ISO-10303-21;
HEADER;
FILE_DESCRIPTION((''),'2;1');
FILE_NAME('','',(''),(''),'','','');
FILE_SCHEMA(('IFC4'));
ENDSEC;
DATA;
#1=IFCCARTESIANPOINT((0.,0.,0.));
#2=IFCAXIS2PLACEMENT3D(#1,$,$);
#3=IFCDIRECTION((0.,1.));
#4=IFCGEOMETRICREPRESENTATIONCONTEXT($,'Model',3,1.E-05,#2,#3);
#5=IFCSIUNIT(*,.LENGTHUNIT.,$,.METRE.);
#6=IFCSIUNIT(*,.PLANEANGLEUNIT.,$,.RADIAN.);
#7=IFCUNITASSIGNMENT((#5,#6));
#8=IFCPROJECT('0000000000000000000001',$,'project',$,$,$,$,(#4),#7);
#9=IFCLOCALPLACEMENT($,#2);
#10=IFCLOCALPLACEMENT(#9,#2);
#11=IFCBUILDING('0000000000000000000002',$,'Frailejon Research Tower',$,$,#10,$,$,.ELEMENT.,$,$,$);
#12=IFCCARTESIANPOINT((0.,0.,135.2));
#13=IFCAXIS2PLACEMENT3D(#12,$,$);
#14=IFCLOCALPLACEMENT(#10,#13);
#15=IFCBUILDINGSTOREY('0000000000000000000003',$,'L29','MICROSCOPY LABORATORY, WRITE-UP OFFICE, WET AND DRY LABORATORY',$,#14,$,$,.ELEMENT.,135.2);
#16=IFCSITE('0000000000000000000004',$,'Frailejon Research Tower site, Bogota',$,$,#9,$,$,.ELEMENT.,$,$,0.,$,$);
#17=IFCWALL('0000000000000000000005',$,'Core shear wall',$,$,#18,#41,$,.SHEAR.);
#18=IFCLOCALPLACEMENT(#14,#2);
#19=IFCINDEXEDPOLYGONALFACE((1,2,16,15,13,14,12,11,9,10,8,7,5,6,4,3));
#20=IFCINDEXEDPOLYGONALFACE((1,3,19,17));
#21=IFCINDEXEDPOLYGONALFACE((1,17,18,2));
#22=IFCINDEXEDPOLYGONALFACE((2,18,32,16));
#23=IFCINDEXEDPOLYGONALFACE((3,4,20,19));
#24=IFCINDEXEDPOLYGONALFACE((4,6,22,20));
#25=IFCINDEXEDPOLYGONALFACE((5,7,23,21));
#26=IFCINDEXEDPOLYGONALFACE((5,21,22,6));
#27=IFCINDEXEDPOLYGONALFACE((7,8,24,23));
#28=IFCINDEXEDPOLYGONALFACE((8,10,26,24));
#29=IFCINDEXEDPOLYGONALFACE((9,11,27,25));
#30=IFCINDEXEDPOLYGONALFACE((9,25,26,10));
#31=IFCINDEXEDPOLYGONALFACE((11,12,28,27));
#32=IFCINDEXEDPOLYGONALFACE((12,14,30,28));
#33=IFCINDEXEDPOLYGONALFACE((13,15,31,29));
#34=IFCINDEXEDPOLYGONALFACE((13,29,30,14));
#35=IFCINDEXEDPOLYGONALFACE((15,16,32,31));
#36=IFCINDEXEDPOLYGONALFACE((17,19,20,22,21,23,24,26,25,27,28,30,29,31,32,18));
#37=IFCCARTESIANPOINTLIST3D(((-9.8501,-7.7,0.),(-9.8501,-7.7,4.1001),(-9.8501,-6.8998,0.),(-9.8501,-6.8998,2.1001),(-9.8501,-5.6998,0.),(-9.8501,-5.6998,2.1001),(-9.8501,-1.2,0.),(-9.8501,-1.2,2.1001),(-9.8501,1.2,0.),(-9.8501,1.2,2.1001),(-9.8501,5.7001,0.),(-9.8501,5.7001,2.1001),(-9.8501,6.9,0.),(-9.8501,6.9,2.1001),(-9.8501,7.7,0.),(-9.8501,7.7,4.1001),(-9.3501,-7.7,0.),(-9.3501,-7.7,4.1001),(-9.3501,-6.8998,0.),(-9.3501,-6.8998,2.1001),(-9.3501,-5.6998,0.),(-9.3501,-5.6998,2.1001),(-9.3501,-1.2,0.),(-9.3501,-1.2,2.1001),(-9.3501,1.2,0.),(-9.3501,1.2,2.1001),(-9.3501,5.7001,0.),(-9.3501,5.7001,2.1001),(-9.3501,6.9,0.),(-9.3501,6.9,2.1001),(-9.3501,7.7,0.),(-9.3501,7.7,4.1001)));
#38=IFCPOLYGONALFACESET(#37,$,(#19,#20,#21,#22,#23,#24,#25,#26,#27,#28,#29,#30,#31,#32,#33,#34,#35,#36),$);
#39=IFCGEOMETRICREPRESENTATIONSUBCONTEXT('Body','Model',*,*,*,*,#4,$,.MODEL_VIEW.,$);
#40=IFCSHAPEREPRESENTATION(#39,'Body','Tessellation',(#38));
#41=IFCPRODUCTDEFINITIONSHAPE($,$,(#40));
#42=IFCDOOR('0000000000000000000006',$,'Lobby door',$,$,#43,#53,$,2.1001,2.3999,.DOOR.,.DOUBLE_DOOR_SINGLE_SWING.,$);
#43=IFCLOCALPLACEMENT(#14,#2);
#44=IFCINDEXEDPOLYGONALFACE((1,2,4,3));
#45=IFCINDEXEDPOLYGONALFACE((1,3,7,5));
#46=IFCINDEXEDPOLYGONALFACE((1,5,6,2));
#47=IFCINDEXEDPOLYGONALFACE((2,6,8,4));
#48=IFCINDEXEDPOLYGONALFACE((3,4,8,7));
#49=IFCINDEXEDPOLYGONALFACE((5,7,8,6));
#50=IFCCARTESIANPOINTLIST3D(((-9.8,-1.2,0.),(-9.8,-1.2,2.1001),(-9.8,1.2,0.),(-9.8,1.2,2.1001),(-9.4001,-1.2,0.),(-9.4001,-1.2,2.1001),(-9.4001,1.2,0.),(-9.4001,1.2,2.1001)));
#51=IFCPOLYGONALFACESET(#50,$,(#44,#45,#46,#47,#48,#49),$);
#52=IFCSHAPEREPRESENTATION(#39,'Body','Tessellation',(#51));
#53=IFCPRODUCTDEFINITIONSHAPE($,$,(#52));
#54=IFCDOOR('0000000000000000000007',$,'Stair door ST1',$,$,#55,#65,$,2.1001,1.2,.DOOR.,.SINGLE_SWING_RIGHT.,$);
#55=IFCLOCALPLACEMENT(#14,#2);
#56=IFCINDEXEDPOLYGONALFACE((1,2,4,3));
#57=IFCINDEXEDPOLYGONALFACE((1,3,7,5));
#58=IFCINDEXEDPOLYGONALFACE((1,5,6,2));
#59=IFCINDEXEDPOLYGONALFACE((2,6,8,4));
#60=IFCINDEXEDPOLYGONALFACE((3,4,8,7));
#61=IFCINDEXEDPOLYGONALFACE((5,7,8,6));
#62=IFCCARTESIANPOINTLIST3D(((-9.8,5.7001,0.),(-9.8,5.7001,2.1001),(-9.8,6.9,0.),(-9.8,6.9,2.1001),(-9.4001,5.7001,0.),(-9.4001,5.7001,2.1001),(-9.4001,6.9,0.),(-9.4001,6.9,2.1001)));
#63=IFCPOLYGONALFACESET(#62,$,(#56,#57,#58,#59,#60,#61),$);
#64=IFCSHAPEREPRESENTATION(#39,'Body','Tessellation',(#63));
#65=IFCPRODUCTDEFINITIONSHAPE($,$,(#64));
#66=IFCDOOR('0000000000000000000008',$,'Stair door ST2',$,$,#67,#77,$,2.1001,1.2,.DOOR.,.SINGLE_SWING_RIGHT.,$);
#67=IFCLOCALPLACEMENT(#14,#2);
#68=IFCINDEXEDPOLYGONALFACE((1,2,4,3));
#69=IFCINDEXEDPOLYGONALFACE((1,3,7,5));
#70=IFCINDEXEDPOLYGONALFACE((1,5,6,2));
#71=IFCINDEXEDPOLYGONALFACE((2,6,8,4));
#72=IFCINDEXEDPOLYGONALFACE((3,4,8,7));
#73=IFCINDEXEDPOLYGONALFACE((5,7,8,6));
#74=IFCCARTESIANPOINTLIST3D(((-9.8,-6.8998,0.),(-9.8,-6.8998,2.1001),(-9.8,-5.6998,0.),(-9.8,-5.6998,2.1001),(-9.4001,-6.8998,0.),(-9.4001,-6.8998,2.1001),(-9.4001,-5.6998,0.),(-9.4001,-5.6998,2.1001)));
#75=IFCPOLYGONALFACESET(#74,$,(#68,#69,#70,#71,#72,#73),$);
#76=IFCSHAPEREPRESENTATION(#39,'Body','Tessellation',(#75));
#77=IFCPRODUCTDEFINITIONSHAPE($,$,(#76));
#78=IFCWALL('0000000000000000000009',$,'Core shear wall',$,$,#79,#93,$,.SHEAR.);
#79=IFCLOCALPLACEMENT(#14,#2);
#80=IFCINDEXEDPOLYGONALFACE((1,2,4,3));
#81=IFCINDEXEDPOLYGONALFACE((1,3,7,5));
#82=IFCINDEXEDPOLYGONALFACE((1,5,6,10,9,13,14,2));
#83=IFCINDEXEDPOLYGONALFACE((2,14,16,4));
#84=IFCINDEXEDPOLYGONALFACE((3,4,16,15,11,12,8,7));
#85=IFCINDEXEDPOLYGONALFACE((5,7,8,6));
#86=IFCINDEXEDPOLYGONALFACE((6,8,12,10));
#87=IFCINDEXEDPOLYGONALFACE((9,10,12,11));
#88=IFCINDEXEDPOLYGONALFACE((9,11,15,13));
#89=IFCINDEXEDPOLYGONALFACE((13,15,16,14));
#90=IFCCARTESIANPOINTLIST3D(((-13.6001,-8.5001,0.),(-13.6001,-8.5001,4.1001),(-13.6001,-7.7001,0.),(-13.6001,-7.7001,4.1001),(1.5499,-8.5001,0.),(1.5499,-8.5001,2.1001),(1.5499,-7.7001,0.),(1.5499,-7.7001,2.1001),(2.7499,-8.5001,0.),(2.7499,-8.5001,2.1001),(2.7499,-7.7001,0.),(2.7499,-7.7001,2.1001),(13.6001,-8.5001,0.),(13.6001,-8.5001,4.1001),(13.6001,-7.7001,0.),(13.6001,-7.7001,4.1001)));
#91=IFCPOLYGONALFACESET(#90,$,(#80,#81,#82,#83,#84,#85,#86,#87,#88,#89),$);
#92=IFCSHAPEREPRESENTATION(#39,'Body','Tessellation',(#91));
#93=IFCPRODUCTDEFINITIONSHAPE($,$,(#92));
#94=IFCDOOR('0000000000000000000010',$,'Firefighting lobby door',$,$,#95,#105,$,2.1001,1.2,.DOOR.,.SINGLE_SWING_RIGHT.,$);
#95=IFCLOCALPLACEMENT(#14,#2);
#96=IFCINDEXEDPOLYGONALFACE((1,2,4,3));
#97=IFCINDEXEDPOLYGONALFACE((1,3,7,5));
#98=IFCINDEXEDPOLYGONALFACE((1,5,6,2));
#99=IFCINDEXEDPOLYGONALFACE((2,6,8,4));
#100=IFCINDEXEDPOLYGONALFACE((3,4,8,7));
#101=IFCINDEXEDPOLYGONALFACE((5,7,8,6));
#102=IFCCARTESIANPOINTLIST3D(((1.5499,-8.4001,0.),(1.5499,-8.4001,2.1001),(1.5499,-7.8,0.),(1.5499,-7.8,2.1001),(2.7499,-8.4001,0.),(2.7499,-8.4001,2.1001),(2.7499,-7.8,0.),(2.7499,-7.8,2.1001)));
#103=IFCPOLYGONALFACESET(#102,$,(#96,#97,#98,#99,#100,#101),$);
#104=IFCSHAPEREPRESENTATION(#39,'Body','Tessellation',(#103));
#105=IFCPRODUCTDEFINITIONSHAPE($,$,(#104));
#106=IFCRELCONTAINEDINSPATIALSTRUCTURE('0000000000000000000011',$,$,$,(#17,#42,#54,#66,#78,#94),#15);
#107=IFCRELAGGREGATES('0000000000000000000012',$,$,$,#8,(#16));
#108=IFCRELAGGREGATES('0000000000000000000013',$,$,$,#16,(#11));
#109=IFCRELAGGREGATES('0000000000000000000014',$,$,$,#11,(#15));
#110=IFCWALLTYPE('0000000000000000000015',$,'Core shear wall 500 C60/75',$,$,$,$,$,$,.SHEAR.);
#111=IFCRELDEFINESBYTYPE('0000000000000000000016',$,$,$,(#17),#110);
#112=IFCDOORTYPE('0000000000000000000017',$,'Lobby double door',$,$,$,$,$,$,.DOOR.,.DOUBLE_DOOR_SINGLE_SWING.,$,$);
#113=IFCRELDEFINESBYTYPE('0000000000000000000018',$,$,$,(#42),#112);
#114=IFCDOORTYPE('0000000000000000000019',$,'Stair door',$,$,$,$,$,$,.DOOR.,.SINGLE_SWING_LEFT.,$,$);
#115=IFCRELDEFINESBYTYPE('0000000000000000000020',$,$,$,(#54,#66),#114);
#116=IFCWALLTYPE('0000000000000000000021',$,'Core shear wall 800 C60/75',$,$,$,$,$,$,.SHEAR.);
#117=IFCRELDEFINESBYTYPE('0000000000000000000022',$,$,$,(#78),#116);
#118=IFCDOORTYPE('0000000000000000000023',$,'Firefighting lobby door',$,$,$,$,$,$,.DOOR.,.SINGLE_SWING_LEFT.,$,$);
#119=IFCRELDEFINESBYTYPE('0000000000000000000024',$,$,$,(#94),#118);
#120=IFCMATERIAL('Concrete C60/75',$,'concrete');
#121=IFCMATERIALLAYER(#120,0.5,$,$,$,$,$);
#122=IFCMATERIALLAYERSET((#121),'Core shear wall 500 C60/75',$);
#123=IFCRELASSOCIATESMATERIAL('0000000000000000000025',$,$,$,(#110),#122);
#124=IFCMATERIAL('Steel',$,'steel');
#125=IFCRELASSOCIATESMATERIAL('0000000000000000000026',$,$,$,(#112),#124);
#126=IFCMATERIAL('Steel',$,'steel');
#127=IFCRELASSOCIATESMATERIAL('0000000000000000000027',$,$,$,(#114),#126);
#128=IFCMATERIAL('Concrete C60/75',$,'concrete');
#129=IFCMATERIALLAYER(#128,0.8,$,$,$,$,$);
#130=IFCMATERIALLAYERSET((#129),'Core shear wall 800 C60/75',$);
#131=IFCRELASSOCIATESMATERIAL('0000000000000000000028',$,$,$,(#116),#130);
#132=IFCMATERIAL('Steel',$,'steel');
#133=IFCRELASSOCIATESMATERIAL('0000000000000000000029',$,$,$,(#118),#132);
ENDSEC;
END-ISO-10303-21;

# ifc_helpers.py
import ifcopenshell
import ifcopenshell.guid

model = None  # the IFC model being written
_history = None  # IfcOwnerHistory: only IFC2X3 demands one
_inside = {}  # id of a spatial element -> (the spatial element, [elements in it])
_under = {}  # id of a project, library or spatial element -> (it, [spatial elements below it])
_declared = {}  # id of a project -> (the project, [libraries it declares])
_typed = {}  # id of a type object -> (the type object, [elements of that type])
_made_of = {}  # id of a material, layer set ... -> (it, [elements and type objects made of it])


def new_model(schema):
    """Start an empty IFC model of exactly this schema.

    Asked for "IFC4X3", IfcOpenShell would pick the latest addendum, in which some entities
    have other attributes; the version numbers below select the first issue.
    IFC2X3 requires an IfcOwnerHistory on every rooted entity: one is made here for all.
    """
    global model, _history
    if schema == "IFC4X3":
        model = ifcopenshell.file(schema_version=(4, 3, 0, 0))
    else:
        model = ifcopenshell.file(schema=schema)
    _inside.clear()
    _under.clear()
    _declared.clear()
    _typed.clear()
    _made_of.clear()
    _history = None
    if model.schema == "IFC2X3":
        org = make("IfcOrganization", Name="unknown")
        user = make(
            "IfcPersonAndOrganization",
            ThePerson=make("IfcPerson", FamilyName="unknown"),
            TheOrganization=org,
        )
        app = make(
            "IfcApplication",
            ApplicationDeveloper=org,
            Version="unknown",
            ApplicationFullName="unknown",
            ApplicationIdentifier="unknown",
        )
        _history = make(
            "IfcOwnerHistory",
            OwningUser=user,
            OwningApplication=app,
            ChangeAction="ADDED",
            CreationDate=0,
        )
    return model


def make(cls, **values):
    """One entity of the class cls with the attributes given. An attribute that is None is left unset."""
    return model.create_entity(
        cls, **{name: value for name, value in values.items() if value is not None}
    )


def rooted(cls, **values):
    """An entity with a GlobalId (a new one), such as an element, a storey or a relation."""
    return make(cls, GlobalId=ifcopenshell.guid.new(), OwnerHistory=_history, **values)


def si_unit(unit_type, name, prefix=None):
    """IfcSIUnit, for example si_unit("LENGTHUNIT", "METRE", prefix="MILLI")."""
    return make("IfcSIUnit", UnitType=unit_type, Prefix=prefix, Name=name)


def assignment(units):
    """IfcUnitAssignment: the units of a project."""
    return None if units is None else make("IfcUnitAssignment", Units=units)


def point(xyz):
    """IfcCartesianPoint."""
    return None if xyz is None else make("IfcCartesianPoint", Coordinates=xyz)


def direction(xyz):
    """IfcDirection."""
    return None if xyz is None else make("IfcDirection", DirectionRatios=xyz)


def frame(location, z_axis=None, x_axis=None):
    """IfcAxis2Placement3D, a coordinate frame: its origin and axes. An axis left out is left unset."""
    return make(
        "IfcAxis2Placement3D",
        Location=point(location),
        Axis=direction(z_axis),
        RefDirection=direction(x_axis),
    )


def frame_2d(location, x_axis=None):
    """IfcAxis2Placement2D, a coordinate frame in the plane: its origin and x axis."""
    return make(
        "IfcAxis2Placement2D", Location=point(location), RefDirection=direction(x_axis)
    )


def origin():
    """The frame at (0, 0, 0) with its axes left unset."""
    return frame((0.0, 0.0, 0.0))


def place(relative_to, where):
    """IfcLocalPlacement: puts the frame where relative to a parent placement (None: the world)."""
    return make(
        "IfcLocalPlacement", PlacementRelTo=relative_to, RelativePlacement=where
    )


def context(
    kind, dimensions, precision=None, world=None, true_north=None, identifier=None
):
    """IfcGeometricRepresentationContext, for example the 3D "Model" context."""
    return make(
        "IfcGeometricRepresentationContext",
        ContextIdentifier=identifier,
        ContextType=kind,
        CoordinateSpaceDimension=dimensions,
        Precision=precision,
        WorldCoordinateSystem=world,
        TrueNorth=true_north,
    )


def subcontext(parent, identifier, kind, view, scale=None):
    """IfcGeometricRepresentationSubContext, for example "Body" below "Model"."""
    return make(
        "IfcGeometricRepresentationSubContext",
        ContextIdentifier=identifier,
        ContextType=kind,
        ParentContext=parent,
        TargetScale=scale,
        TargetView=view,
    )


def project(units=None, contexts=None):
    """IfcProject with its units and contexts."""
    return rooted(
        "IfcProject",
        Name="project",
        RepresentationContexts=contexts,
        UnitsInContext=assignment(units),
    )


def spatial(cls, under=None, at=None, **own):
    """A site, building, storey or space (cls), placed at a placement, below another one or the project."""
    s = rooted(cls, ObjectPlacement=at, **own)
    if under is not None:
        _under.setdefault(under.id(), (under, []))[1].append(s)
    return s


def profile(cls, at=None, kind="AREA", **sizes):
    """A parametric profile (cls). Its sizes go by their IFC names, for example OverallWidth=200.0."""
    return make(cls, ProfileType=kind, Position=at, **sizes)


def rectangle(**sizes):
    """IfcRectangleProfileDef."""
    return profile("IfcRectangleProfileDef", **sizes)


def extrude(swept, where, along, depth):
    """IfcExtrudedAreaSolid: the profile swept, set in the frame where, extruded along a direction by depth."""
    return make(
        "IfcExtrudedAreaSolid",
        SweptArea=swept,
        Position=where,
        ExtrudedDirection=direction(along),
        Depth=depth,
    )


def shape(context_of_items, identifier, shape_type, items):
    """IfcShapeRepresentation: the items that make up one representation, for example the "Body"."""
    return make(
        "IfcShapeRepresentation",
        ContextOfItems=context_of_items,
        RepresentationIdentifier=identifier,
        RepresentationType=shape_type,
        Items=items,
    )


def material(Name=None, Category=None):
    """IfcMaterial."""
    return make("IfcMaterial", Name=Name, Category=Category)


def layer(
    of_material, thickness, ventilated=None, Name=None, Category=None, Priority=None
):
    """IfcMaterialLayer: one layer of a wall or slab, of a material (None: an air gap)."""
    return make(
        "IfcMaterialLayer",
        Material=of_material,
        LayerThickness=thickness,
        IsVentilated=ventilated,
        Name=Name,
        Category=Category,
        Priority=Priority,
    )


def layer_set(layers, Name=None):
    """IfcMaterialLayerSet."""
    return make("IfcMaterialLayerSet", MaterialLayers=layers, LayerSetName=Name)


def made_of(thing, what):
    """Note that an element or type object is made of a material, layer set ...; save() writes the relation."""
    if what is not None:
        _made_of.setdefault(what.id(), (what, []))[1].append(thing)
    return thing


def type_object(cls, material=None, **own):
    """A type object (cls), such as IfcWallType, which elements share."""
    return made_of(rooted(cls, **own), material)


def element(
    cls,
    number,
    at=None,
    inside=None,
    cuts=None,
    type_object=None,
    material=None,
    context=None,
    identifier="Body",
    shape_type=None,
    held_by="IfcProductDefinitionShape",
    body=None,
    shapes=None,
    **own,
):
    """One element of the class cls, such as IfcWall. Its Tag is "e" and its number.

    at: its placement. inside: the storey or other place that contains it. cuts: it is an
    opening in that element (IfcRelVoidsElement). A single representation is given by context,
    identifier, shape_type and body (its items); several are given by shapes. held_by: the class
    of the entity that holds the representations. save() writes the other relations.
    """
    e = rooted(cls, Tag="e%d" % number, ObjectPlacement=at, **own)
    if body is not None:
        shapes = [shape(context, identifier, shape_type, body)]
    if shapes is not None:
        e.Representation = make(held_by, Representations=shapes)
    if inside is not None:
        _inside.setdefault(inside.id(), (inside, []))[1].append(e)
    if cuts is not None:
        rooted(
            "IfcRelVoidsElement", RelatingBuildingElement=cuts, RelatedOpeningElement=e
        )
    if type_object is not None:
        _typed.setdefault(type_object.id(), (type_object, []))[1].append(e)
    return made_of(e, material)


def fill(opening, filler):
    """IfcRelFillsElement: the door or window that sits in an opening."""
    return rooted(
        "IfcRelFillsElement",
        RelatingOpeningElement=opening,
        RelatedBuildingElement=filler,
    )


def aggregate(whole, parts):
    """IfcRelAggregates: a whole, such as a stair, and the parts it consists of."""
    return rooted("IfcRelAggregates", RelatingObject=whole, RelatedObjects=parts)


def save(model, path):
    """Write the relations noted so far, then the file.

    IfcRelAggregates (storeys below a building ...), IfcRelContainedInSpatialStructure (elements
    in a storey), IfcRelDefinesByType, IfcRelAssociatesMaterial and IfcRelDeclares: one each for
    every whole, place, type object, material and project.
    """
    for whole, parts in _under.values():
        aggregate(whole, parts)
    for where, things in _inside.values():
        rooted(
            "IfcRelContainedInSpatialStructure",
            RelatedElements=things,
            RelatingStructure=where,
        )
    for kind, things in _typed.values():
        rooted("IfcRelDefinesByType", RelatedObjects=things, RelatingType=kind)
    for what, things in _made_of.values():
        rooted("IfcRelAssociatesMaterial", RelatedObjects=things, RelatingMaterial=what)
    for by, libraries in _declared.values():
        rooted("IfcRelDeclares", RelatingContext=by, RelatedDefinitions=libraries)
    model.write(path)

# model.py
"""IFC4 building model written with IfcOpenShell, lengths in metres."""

from ifc_helpers import new_model, si_unit, direction, frame, frame_2d, origin, place, context, subcontext, project, spatial, rectangle, extrude, material, layer, layer_set, type_object, element, fill, save


model = new_model("IFC4")

# Units and contexts
model_context = context("Model", 3, precision=1e-05, world=origin(), true_north=direction((0.0, 1.0)))
body_context = subcontext(model_context, "Body", "Model", "MODEL_VIEW")
ifc_project = project(units=[si_unit("LENGTHUNIT", "METRE"), si_unit("PLANEANGLEUNIT", "RADIAN")], contexts=[model_context])

# Site, building, storey
site_placement = place(None, origin())
site = spatial("IfcSite", under=ifc_project, at=site_placement, Name="Frailejon Research Tower site, Bogota", CompositionType="ELEMENT", RefElevation=0.0)
building_placement = place(site_placement, origin())
building = spatial("IfcBuilding", under=site, at=building_placement, Name="Frailejon Research Tower", CompositionType="ELEMENT")
storey_placement = place(building_placement, frame((0.0, 0.0, 135.2)))
storey = spatial("IfcBuildingStorey", under=building, at=storey_placement, Name="L29", Description="MICROSCOPY LABORATORY, WRITE-UP OFFICE, WET AND DRY LABORATORY", CompositionType="ELEMENT", Elevation=135.2)

# Wall, openings, doors
ifc_material_1 = material(Name="Concrete C60/75", Category="concrete")
ifc_layer_1 = layer(ifc_material_1, 0.5)
ifc_layer_set_1 = layer_set([ifc_layer_1], Name="Core shear wall 500 C60/75")
wall_type_1 = type_object("IfcWallType", Name="Core shear wall 500 C60/75", PredefinedType="SHEAR", material=ifc_layer_set_1)
wall_1_placement = place(storey_placement, frame((-9.6001, -7.7, 0.0), z_axis=(0.0, 0.0, 1.0), x_axis=(0.0, 1.0, 0.0)))
wall_1 = element("IfcWall", 1, at=wall_1_placement, inside=storey, type_object=wall_type_1, Name="Core shear wall", PredefinedType="SHEAR", context=body_context, shape_type="SweptSolid", body=[
    extrude(rectangle(XDim=15.3999, YDim=0.5, at=frame_2d((7.7, 0.0))), origin(), (0.0, 0.0, 1.0), 4.1001),
])
opening_1_placement = place(wall_1_placement, frame((6.5, 0.0, 0.0)))
opening_1 = element("IfcOpeningElement", 2, at=opening_1_placement, cuts=wall_1, PredefinedType="OPENING", context=body_context, shape_type="SweptSolid", body=[
    extrude(rectangle(XDim=2.3999, YDim=2.1001, at=frame_2d((1.2, 1.05))), frame((0.0, 0.26, 0.0), z_axis=(0.0, -1.0, 0.0), x_axis=(1.0, 0.0, 0.0)), (0.0, 0.0, 1.0), 0.52),
])
opening_2_placement = place(wall_1_placement, frame((13.3999, 0.0, 0.0)))
opening_2 = element("IfcOpeningElement", 3, at=opening_2_placement, cuts=wall_1, PredefinedType="OPENING", context=body_context, shape_type="SweptSolid", body=[
    extrude(rectangle(XDim=1.2, YDim=2.1001, at=frame_2d((0.6001, 1.05))), frame((0.0, 0.26, 0.0), z_axis=(0.0, -1.0, 0.0), x_axis=(1.0, 0.0, 0.0)), (0.0, 0.0, 1.0), 0.52),
])
opening_3_placement = place(wall_1_placement, frame((0.8, 0.0, 0.0)))
opening_3 = element("IfcOpeningElement", 4, at=opening_3_placement, cuts=wall_1, PredefinedType="OPENING", context=body_context, shape_type="SweptSolid", body=[
    extrude(rectangle(XDim=1.2, YDim=2.1001, at=frame_2d((0.6001, 1.05))), frame((0.0, 0.26, 0.0), z_axis=(0.0, -1.0, 0.0), x_axis=(1.0, 0.0, 0.0)), (0.0, 0.0, 1.0), 0.52),
])
ifc_material_2 = material(Name="Steel", Category="steel")
door_type_1 = type_object("IfcDoorType", Name="Lobby double door", OperationType="DOUBLE_DOOR_SINGLE_SWING", PredefinedType="DOOR", material=ifc_material_2)
door_1_placement = place(opening_1_placement, origin())
door_1 = element("IfcDoor", 5, at=door_1_placement, inside=storey, type_object=door_type_1, Name="Lobby door", OperationType="DOUBLE_DOOR_SINGLE_SWING", OverallHeight=2.1001, OverallWidth=2.3999, PredefinedType="DOOR", context=body_context, shape_type="SweptSolid", body=[
    extrude(rectangle(XDim=2.3999, YDim=2.1001, at=frame_2d((1.2, 1.05))), frame((0.0, 0.2, 0.0), z_axis=(0.0, -1.0, 0.0), x_axis=(1.0, 0.0, 0.0)), (0.0, 0.0, 1.0), 0.3999),
])
fill(opening_1, door_1)
ifc_material_3 = material(Name="Steel", Category="steel")
door_type_2 = type_object("IfcDoorType", Name="Stair door", OperationType="SINGLE_SWING_LEFT", PredefinedType="DOOR", material=ifc_material_3)
door_2_placement = place(opening_2_placement, origin())
door_2 = element("IfcDoor", 6, at=door_2_placement, inside=storey, type_object=door_type_2, Name="Stair door ST1", OperationType="SINGLE_SWING_RIGHT", OverallHeight=2.1001, OverallWidth=1.2, PredefinedType="DOOR", context=body_context, shape_type="SweptSolid", body=[
    extrude(rectangle(XDim=1.2, YDim=2.1001, at=frame_2d((0.6001, 1.05))), frame((0.0, 0.2, 0.0), z_axis=(0.0, -1.0, 0.0), x_axis=(1.0, 0.0, 0.0)), (0.0, 0.0, 1.0), 0.3999),
])
fill(opening_2, door_2)
door_3_placement = place(opening_3_placement, origin())
door_3 = element("IfcDoor", 7, at=door_3_placement, inside=storey, type_object=door_type_2, Name="Stair door ST2", OperationType="SINGLE_SWING_RIGHT", OverallHeight=2.1001, OverallWidth=1.2, PredefinedType="DOOR", context=body_context, shape_type="SweptSolid", body=[
    extrude(rectangle(XDim=1.2, YDim=2.1001, at=frame_2d((0.6001, 1.05))), frame((0.0, 0.2, 0.0), z_axis=(0.0, -1.0, 0.0), x_axis=(1.0, 0.0, 0.0)), (0.0, 0.0, 1.0), 0.3999),
])
fill(opening_3, door_3)

# Wall, opening, door
ifc_material_4 = material(Name="Concrete C60/75", Category="concrete")
ifc_layer_2 = layer(ifc_material_4, 0.8)
ifc_layer_set_2 = layer_set([ifc_layer_2], Name="Core shear wall 800 C60/75")
wall_type_2 = type_object("IfcWallType", Name="Core shear wall 800 C60/75", PredefinedType="SHEAR", material=ifc_layer_set_2)
wall_2_placement = place(storey_placement, frame((-13.6001, -8.1001, 0.0), z_axis=(0.0, 0.0, 1.0), x_axis=(1.0, 0.0, 0.0)))
wall_2 = element("IfcWall", 8, at=wall_2_placement, inside=storey, type_object=wall_type_2, Name="Core shear wall", PredefinedType="SHEAR", context=body_context, shape_type="SweptSolid", body=[
    extrude(rectangle(XDim=27.2002, YDim=0.8, at=frame_2d((13.6001, 0.0))), origin(), (0.0, 0.0, 1.0), 4.1001),
])
opening_4_placement = place(wall_2_placement, frame((15.1499, 0.0, 0.0)))
opening_4 = element("IfcOpeningElement", 9, at=opening_4_placement, cuts=wall_2, PredefinedType="OPENING", context=body_context, shape_type="SweptSolid", body=[
    extrude(rectangle(XDim=1.2, YDim=2.1001, at=frame_2d((0.6001, 1.05))), frame((0.0, 0.4099, 0.0), z_axis=(0.0, -1.0, 0.0), x_axis=(1.0, 0.0, 0.0)), (0.0, 0.0, 1.0), 0.8201),
])
ifc_material_5 = material(Name="Steel", Category="steel")
door_type_3 = type_object("IfcDoorType", Name="Firefighting lobby door", OperationType="SINGLE_SWING_LEFT", PredefinedType="DOOR", material=ifc_material_5)
door_4_placement = place(opening_4_placement, origin())
door_4 = element("IfcDoor", 10, at=door_4_placement, inside=storey, type_object=door_type_3, Name="Firefighting lobby door", OperationType="SINGLE_SWING_RIGHT", OverallHeight=2.1001, OverallWidth=1.2, PredefinedType="DOOR", context=body_context, shape_type="SweptSolid", body=[
    extrude(rectangle(XDim=1.2, YDim=2.1001, at=frame_2d((0.6001, 1.05))), frame((0.0, 0.3, 0.0), z_axis=(0.0, -1.0, 0.0), x_axis=(1.0, 0.0, 0.0)), (0.0, 0.0, 1.0), 0.6001),
])
fill(opening_4, door_4)

save(model, "model.ifc")
